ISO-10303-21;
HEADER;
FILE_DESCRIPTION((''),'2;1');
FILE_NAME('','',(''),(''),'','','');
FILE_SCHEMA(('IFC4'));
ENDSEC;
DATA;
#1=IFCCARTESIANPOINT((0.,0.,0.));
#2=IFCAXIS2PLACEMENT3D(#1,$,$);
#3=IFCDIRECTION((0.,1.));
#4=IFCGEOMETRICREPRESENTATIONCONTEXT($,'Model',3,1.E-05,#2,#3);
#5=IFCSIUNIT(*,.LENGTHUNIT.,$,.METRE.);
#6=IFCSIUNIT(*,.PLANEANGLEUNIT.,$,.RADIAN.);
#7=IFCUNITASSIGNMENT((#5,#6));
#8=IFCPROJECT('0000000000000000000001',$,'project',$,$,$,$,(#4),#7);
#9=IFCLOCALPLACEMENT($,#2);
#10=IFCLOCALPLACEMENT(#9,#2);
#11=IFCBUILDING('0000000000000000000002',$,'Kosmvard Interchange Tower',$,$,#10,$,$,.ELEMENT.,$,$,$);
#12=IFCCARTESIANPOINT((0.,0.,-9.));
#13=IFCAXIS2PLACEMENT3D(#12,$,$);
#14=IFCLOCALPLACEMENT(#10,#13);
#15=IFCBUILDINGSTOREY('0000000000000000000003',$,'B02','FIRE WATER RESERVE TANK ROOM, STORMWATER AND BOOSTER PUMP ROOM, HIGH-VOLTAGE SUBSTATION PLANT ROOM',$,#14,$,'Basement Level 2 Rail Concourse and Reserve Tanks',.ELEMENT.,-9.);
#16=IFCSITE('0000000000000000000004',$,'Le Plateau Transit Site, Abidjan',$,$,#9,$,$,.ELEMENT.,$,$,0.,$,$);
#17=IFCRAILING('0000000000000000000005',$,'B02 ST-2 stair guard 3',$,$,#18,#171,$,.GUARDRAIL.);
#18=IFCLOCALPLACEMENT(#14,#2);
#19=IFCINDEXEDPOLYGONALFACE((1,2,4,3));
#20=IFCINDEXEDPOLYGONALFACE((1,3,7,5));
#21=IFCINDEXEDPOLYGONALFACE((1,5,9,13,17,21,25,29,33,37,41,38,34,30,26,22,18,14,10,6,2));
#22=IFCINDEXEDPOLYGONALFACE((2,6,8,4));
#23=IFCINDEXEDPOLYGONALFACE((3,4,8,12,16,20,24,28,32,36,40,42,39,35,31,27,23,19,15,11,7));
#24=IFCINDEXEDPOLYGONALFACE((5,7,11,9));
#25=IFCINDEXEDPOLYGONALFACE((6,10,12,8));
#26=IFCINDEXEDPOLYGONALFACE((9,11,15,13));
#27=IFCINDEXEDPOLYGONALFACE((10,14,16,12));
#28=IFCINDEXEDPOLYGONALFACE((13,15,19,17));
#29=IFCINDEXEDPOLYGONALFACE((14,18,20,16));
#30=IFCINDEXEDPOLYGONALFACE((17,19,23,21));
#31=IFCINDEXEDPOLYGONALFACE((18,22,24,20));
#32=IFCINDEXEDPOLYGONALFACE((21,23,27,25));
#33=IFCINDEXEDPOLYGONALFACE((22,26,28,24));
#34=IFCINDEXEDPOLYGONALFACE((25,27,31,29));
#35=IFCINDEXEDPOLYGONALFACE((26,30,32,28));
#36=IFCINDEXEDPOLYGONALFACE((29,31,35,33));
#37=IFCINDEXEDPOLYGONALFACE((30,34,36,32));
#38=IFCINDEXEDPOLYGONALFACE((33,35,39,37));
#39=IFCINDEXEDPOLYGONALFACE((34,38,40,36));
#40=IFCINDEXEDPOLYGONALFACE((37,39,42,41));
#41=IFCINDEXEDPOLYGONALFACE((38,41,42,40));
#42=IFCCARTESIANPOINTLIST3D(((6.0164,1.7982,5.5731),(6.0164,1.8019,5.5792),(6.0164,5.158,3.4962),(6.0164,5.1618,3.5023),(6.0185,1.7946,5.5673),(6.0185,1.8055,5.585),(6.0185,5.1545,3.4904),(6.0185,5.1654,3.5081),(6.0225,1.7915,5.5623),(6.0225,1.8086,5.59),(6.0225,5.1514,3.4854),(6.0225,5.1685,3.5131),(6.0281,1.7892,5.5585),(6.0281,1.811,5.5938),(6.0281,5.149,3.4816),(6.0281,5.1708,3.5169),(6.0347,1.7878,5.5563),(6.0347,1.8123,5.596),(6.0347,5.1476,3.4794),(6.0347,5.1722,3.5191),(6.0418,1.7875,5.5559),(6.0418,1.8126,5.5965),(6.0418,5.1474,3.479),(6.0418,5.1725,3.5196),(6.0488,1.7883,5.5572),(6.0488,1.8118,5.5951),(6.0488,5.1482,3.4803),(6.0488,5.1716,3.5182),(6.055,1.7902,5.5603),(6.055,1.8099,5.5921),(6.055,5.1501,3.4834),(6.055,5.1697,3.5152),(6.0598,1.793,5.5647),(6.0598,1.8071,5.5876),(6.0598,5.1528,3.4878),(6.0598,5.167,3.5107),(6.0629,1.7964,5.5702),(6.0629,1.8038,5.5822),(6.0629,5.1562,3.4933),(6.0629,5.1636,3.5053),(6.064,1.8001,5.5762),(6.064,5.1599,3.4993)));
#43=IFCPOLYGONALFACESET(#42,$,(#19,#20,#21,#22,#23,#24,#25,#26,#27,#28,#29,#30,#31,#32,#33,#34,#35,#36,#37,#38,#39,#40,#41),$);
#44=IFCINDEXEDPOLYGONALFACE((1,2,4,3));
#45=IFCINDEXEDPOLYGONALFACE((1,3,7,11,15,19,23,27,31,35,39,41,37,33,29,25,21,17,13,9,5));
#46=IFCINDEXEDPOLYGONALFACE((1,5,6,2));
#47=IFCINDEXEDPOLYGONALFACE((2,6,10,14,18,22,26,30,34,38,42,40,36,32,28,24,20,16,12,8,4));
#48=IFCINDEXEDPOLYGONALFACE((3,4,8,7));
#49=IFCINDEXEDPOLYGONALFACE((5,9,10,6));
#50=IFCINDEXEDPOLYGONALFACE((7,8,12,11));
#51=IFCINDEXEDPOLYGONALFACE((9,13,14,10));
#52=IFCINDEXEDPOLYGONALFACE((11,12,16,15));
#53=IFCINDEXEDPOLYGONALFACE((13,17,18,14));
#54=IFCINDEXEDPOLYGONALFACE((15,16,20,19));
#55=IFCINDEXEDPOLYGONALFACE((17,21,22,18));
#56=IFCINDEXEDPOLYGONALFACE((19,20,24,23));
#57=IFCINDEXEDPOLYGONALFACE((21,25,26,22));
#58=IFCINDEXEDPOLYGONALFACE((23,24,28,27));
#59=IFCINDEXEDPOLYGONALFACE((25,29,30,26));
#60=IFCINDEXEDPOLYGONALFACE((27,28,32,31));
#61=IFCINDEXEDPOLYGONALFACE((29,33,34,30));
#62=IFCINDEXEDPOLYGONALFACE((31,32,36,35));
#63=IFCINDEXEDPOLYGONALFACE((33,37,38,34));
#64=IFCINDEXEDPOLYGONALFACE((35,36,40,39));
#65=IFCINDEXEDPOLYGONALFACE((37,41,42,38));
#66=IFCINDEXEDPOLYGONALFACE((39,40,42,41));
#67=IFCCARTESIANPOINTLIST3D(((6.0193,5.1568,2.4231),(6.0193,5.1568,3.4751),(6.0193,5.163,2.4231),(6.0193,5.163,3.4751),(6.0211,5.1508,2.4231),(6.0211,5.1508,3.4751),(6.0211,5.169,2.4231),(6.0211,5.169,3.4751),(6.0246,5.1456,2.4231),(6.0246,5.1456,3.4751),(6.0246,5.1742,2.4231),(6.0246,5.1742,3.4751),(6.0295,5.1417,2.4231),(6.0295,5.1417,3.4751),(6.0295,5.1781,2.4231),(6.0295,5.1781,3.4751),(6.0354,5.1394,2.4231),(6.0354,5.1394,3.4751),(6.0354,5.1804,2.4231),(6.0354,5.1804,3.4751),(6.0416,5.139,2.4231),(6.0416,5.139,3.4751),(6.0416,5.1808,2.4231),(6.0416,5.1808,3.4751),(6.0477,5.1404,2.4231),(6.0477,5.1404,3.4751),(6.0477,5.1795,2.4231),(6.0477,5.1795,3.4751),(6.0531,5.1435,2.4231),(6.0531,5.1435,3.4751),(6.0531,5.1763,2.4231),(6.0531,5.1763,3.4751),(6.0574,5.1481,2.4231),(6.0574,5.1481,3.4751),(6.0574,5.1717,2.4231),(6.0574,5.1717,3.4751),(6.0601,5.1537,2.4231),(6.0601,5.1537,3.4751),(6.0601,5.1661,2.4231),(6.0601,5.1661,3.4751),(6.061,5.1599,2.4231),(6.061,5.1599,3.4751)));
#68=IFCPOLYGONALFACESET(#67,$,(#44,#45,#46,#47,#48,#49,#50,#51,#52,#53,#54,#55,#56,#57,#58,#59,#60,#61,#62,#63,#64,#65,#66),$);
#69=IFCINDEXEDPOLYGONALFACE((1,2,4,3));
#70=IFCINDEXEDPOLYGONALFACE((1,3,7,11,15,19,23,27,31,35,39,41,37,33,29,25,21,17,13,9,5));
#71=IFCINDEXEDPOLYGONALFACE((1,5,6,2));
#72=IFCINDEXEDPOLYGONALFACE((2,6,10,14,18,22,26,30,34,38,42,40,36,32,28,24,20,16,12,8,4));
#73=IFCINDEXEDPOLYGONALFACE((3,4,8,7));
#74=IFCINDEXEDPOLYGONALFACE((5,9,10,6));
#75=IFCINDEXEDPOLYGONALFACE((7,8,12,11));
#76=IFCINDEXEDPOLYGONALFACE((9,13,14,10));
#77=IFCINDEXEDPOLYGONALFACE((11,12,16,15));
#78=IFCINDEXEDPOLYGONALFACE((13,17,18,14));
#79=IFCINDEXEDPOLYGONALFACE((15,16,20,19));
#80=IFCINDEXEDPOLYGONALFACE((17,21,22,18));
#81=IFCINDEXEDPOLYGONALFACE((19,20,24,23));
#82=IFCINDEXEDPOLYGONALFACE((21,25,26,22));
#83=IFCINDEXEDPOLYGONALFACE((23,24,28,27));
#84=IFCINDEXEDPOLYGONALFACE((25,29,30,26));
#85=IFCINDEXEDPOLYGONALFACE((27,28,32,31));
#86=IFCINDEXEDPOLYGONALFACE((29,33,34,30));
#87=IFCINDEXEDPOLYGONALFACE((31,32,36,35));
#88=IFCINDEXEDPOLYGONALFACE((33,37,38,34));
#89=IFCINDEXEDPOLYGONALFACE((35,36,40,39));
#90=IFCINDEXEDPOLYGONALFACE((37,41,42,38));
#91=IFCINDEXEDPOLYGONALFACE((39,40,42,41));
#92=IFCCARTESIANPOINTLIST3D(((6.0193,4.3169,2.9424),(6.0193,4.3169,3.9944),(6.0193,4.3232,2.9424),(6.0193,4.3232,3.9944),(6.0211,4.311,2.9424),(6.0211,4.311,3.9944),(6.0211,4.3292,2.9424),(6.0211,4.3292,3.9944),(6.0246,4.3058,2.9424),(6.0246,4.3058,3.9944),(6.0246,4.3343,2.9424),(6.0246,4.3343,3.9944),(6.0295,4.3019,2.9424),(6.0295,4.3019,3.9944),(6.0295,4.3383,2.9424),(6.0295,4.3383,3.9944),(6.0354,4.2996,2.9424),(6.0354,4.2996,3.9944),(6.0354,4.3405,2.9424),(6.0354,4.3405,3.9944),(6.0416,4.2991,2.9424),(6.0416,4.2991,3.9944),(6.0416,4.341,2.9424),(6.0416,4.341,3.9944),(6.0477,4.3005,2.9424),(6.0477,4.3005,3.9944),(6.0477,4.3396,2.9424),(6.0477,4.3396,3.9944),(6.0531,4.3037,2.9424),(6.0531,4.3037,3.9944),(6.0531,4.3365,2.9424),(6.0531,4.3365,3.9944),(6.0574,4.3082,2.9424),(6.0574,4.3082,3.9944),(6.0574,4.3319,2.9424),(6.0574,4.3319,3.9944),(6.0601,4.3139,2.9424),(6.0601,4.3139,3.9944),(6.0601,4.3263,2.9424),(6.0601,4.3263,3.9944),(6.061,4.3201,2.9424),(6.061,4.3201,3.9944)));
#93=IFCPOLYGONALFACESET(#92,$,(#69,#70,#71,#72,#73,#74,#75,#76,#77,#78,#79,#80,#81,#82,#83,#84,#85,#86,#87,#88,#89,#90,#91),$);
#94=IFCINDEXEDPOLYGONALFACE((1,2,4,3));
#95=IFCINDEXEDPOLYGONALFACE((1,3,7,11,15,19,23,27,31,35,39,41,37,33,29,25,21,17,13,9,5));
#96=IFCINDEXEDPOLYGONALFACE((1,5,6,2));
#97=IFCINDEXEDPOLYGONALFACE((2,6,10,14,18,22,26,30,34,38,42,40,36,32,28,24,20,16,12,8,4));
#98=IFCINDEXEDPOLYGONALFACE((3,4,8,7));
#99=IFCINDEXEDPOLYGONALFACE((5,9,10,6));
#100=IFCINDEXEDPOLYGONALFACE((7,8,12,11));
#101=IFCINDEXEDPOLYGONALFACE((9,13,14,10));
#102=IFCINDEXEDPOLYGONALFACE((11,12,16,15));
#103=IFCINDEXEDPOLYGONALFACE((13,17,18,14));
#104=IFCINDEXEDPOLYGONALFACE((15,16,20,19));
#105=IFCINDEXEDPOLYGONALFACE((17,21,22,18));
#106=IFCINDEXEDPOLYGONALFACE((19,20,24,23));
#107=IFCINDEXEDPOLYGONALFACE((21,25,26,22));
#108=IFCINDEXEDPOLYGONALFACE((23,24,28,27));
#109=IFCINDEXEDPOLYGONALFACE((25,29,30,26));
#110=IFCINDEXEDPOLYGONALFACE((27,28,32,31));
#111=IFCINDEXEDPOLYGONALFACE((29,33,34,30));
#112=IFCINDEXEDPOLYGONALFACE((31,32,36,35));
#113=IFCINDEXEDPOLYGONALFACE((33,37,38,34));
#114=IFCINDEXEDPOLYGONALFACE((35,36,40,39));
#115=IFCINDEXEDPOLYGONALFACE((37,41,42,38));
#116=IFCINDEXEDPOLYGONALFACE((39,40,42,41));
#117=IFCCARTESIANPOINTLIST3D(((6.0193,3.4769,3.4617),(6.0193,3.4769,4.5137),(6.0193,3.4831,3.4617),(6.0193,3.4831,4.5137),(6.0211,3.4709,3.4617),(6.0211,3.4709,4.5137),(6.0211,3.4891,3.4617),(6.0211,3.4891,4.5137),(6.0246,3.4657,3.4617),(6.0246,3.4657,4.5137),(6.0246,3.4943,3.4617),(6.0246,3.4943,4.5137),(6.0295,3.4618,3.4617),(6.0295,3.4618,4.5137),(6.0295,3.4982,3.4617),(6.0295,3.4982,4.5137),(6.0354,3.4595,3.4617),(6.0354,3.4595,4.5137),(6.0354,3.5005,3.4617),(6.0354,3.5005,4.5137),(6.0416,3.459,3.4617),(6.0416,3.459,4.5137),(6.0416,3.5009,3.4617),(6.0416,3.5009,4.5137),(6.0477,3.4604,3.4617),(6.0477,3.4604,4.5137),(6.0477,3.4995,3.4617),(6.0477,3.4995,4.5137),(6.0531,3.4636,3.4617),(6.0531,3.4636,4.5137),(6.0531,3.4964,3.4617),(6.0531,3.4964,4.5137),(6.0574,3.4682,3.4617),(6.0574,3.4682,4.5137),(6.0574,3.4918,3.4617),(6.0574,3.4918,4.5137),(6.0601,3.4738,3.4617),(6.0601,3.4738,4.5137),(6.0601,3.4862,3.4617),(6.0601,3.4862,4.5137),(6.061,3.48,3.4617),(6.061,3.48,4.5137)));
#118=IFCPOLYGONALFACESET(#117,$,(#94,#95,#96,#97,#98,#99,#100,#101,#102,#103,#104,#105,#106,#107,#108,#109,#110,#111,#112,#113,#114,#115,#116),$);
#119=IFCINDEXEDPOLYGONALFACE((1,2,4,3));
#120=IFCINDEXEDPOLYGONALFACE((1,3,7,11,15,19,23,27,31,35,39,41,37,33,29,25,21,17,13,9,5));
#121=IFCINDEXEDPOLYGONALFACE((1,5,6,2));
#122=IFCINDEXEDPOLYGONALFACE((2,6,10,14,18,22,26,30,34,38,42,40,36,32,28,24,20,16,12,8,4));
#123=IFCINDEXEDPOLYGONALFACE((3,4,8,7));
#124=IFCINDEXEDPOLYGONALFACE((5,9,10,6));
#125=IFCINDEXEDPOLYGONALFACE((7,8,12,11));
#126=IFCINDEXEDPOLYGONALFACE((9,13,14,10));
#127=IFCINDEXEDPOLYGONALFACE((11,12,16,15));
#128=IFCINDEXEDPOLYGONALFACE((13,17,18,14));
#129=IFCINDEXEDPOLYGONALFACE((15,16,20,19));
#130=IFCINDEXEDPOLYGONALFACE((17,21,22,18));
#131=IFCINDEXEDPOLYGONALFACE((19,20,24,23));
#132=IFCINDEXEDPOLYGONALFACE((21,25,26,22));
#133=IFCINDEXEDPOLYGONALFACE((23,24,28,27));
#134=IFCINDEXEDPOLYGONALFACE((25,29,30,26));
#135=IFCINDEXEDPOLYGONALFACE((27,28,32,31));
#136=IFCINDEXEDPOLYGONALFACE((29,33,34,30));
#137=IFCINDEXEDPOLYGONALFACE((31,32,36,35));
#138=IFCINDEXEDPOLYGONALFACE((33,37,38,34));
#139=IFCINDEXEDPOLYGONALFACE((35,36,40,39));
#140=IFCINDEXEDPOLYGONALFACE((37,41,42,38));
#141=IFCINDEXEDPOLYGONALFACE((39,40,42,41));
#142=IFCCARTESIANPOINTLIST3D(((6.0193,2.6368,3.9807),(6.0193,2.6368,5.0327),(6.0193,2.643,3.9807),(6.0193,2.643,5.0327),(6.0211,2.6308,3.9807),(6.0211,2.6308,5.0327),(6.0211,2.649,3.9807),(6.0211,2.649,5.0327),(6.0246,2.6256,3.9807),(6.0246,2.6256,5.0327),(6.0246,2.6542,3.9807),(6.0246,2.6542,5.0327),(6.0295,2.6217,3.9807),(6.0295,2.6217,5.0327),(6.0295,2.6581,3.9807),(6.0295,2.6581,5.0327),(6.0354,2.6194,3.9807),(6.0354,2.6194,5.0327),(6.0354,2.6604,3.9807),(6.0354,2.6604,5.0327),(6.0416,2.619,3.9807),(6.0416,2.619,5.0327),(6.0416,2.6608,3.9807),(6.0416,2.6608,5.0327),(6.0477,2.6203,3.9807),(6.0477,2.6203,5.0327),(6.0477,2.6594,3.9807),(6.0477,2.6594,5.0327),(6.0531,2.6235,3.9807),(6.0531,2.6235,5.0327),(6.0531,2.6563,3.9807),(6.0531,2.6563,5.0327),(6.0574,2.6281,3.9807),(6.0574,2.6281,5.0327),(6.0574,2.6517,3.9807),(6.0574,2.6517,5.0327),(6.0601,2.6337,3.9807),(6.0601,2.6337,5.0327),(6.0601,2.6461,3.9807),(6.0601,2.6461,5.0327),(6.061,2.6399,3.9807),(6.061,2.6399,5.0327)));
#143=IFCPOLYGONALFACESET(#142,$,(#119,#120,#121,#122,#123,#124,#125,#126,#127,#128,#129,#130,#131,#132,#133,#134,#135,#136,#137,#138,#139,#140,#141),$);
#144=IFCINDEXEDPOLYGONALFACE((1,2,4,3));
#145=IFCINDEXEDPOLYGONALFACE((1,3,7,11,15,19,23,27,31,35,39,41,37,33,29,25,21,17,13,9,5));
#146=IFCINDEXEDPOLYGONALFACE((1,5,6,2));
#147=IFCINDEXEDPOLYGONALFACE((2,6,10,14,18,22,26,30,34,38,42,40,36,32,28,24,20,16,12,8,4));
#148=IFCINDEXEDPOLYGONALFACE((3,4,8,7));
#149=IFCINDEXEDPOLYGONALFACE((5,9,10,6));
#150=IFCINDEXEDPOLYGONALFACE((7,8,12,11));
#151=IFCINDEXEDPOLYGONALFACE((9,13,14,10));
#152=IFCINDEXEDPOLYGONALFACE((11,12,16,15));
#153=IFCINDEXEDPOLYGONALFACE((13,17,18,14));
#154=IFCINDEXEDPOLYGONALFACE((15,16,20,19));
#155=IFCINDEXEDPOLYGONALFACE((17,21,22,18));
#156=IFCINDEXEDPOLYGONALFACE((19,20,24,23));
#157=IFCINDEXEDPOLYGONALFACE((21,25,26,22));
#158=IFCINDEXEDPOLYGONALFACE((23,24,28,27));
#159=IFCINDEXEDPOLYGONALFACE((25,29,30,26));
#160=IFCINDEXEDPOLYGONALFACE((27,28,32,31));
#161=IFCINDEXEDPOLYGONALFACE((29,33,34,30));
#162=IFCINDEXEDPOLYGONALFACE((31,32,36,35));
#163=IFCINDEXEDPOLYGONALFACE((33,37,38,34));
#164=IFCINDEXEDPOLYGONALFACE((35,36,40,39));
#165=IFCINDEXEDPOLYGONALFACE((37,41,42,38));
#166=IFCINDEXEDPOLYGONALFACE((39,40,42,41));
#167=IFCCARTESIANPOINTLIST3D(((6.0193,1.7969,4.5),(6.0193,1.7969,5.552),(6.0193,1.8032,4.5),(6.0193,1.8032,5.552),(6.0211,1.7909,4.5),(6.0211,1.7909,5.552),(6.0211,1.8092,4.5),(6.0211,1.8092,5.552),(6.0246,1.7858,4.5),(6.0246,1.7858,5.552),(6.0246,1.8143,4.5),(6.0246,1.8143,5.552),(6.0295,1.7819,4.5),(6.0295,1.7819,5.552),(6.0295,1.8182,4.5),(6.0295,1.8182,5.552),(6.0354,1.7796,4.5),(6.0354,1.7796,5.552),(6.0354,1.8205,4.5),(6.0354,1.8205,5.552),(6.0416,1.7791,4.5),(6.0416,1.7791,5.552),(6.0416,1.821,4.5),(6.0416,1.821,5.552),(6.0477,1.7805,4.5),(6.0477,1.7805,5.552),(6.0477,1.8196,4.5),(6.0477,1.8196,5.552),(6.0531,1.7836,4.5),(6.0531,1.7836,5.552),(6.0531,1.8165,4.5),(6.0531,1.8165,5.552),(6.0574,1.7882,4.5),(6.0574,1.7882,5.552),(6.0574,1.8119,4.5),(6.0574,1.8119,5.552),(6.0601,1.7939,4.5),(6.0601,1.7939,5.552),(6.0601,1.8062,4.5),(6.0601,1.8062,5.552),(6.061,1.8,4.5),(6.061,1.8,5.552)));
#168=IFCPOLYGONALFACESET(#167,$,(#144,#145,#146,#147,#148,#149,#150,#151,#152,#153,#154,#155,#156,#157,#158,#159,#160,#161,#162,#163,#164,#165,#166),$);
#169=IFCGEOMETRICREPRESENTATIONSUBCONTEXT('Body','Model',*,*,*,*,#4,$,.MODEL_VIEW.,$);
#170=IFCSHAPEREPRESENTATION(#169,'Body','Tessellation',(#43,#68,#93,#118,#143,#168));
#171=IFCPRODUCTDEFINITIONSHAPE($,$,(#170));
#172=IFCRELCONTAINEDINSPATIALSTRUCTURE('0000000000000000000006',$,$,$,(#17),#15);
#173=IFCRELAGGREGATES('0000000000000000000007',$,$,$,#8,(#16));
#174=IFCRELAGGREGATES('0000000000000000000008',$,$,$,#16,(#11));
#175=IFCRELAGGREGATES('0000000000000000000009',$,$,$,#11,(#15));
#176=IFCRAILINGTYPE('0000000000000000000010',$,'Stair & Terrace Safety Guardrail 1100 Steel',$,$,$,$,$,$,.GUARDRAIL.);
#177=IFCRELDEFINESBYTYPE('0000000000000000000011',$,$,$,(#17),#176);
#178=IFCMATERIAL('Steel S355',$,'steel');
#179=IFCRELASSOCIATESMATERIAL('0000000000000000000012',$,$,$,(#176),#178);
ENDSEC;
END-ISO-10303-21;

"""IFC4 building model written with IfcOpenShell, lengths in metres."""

from ifc_helpers import new_model, si_unit, direction, frame, origin, origin_2d, place, context, subcontext, project, spatial, circle, extrude, source, transform, mapped, material, type_object, element, save


model = new_model("IFC4")

# Units and contexts
model_context = context("Model", 3, precision=1e-05, world=origin(), true_north=direction((0.0, 1.0)))
body_context = subcontext(model_context, "Body", "Model", "MODEL_VIEW")
ifc_project = project(units=[si_unit("LENGTHUNIT", "METRE"), si_unit("PLANEANGLEUNIT", "RADIAN")], contexts=[model_context])

# Site, building, storey
site_placement = place(None, origin())
site = spatial("IfcSite", under=ifc_project, at=site_placement, Name="Le Plateau Transit Site, Abidjan", CompositionType="ELEMENT", RefElevation=0.0)
building_placement = place(site_placement, origin())
building = spatial("IfcBuilding", under=site, at=building_placement, Name="Kosmvard Interchange Tower", CompositionType="ELEMENT")
storey_placement = place(building_placement, frame((0.0, 0.0, -9.0)))
storey = spatial("IfcBuildingStorey", under=building, at=storey_placement, Name="B02", Description="FIRE WATER RESERVE TANK ROOM, STORMWATER AND BOOSTER PUMP ROOM, HIGH-VOLTAGE SUBSTATION PLANT ROOM", LongName="Basement Level 2 Rail Concourse and Reserve Tanks", CompositionType="ELEMENT", Elevation=-9.0)

# Railing
ifc_material_1 = material(Name="Steel S355", Category="steel")
railing_type_1 = type_object("IfcRailingType", Name="Stair & Terrace Safety Guardrail 1100 Steel", PredefinedType="GUARDRAIL", material=ifc_material_1)
shared_shape_1 = source(origin(), body_context, "Body", "SweptSolid", [
    extrude(circle(Radius=0.0239, at=origin_2d()), frame((0.0, 0.0, 1.0762), z_axis=(0.0, -0.850606, 0.525803), x_axis=(1.0, 0.0, 0.0)), (0.0, 0.0, 1.0), 3.95),
    extrude(circle(Radius=0.021, at=origin_2d()), origin(), (0.0, 0.0, 1.0), 1.052),
    extrude(circle(Radius=0.021, at=origin_2d()), frame((0.0, -0.8398, 0.5193)), (0.0, 0.0, 1.0), 1.052),
    extrude(circle(Radius=0.021, at=origin_2d()), frame((0.0, -1.6799, 1.0386)), (0.0, 0.0, 1.0), 1.052),
    extrude(circle(Radius=0.021, at=origin_2d()), frame((0.0, -2.52, 1.5576)), (0.0, 0.0, 1.0), 1.052),
    extrude(circle(Radius=0.021, at=origin_2d()), frame((0.0, -3.3599, 2.0769)), (0.0, 0.0, 1.0), 1.052),
])
railing_1_placement = place(storey_placement, frame((6.04, 5.1599, 2.4231)))
element("IfcRailing", 1, at=railing_1_placement, inside=storey, type_object=railing_type_1, Name="B02 ST-2 stair guard 3", PredefinedType="GUARDRAIL", context=body_context, shape_type="MappedRepresentation", body=[
    mapped(shared_shape_1, transform((0.0, 0.0, 0.0), scale=1.0)),
])

save(model, "model.ifc")
